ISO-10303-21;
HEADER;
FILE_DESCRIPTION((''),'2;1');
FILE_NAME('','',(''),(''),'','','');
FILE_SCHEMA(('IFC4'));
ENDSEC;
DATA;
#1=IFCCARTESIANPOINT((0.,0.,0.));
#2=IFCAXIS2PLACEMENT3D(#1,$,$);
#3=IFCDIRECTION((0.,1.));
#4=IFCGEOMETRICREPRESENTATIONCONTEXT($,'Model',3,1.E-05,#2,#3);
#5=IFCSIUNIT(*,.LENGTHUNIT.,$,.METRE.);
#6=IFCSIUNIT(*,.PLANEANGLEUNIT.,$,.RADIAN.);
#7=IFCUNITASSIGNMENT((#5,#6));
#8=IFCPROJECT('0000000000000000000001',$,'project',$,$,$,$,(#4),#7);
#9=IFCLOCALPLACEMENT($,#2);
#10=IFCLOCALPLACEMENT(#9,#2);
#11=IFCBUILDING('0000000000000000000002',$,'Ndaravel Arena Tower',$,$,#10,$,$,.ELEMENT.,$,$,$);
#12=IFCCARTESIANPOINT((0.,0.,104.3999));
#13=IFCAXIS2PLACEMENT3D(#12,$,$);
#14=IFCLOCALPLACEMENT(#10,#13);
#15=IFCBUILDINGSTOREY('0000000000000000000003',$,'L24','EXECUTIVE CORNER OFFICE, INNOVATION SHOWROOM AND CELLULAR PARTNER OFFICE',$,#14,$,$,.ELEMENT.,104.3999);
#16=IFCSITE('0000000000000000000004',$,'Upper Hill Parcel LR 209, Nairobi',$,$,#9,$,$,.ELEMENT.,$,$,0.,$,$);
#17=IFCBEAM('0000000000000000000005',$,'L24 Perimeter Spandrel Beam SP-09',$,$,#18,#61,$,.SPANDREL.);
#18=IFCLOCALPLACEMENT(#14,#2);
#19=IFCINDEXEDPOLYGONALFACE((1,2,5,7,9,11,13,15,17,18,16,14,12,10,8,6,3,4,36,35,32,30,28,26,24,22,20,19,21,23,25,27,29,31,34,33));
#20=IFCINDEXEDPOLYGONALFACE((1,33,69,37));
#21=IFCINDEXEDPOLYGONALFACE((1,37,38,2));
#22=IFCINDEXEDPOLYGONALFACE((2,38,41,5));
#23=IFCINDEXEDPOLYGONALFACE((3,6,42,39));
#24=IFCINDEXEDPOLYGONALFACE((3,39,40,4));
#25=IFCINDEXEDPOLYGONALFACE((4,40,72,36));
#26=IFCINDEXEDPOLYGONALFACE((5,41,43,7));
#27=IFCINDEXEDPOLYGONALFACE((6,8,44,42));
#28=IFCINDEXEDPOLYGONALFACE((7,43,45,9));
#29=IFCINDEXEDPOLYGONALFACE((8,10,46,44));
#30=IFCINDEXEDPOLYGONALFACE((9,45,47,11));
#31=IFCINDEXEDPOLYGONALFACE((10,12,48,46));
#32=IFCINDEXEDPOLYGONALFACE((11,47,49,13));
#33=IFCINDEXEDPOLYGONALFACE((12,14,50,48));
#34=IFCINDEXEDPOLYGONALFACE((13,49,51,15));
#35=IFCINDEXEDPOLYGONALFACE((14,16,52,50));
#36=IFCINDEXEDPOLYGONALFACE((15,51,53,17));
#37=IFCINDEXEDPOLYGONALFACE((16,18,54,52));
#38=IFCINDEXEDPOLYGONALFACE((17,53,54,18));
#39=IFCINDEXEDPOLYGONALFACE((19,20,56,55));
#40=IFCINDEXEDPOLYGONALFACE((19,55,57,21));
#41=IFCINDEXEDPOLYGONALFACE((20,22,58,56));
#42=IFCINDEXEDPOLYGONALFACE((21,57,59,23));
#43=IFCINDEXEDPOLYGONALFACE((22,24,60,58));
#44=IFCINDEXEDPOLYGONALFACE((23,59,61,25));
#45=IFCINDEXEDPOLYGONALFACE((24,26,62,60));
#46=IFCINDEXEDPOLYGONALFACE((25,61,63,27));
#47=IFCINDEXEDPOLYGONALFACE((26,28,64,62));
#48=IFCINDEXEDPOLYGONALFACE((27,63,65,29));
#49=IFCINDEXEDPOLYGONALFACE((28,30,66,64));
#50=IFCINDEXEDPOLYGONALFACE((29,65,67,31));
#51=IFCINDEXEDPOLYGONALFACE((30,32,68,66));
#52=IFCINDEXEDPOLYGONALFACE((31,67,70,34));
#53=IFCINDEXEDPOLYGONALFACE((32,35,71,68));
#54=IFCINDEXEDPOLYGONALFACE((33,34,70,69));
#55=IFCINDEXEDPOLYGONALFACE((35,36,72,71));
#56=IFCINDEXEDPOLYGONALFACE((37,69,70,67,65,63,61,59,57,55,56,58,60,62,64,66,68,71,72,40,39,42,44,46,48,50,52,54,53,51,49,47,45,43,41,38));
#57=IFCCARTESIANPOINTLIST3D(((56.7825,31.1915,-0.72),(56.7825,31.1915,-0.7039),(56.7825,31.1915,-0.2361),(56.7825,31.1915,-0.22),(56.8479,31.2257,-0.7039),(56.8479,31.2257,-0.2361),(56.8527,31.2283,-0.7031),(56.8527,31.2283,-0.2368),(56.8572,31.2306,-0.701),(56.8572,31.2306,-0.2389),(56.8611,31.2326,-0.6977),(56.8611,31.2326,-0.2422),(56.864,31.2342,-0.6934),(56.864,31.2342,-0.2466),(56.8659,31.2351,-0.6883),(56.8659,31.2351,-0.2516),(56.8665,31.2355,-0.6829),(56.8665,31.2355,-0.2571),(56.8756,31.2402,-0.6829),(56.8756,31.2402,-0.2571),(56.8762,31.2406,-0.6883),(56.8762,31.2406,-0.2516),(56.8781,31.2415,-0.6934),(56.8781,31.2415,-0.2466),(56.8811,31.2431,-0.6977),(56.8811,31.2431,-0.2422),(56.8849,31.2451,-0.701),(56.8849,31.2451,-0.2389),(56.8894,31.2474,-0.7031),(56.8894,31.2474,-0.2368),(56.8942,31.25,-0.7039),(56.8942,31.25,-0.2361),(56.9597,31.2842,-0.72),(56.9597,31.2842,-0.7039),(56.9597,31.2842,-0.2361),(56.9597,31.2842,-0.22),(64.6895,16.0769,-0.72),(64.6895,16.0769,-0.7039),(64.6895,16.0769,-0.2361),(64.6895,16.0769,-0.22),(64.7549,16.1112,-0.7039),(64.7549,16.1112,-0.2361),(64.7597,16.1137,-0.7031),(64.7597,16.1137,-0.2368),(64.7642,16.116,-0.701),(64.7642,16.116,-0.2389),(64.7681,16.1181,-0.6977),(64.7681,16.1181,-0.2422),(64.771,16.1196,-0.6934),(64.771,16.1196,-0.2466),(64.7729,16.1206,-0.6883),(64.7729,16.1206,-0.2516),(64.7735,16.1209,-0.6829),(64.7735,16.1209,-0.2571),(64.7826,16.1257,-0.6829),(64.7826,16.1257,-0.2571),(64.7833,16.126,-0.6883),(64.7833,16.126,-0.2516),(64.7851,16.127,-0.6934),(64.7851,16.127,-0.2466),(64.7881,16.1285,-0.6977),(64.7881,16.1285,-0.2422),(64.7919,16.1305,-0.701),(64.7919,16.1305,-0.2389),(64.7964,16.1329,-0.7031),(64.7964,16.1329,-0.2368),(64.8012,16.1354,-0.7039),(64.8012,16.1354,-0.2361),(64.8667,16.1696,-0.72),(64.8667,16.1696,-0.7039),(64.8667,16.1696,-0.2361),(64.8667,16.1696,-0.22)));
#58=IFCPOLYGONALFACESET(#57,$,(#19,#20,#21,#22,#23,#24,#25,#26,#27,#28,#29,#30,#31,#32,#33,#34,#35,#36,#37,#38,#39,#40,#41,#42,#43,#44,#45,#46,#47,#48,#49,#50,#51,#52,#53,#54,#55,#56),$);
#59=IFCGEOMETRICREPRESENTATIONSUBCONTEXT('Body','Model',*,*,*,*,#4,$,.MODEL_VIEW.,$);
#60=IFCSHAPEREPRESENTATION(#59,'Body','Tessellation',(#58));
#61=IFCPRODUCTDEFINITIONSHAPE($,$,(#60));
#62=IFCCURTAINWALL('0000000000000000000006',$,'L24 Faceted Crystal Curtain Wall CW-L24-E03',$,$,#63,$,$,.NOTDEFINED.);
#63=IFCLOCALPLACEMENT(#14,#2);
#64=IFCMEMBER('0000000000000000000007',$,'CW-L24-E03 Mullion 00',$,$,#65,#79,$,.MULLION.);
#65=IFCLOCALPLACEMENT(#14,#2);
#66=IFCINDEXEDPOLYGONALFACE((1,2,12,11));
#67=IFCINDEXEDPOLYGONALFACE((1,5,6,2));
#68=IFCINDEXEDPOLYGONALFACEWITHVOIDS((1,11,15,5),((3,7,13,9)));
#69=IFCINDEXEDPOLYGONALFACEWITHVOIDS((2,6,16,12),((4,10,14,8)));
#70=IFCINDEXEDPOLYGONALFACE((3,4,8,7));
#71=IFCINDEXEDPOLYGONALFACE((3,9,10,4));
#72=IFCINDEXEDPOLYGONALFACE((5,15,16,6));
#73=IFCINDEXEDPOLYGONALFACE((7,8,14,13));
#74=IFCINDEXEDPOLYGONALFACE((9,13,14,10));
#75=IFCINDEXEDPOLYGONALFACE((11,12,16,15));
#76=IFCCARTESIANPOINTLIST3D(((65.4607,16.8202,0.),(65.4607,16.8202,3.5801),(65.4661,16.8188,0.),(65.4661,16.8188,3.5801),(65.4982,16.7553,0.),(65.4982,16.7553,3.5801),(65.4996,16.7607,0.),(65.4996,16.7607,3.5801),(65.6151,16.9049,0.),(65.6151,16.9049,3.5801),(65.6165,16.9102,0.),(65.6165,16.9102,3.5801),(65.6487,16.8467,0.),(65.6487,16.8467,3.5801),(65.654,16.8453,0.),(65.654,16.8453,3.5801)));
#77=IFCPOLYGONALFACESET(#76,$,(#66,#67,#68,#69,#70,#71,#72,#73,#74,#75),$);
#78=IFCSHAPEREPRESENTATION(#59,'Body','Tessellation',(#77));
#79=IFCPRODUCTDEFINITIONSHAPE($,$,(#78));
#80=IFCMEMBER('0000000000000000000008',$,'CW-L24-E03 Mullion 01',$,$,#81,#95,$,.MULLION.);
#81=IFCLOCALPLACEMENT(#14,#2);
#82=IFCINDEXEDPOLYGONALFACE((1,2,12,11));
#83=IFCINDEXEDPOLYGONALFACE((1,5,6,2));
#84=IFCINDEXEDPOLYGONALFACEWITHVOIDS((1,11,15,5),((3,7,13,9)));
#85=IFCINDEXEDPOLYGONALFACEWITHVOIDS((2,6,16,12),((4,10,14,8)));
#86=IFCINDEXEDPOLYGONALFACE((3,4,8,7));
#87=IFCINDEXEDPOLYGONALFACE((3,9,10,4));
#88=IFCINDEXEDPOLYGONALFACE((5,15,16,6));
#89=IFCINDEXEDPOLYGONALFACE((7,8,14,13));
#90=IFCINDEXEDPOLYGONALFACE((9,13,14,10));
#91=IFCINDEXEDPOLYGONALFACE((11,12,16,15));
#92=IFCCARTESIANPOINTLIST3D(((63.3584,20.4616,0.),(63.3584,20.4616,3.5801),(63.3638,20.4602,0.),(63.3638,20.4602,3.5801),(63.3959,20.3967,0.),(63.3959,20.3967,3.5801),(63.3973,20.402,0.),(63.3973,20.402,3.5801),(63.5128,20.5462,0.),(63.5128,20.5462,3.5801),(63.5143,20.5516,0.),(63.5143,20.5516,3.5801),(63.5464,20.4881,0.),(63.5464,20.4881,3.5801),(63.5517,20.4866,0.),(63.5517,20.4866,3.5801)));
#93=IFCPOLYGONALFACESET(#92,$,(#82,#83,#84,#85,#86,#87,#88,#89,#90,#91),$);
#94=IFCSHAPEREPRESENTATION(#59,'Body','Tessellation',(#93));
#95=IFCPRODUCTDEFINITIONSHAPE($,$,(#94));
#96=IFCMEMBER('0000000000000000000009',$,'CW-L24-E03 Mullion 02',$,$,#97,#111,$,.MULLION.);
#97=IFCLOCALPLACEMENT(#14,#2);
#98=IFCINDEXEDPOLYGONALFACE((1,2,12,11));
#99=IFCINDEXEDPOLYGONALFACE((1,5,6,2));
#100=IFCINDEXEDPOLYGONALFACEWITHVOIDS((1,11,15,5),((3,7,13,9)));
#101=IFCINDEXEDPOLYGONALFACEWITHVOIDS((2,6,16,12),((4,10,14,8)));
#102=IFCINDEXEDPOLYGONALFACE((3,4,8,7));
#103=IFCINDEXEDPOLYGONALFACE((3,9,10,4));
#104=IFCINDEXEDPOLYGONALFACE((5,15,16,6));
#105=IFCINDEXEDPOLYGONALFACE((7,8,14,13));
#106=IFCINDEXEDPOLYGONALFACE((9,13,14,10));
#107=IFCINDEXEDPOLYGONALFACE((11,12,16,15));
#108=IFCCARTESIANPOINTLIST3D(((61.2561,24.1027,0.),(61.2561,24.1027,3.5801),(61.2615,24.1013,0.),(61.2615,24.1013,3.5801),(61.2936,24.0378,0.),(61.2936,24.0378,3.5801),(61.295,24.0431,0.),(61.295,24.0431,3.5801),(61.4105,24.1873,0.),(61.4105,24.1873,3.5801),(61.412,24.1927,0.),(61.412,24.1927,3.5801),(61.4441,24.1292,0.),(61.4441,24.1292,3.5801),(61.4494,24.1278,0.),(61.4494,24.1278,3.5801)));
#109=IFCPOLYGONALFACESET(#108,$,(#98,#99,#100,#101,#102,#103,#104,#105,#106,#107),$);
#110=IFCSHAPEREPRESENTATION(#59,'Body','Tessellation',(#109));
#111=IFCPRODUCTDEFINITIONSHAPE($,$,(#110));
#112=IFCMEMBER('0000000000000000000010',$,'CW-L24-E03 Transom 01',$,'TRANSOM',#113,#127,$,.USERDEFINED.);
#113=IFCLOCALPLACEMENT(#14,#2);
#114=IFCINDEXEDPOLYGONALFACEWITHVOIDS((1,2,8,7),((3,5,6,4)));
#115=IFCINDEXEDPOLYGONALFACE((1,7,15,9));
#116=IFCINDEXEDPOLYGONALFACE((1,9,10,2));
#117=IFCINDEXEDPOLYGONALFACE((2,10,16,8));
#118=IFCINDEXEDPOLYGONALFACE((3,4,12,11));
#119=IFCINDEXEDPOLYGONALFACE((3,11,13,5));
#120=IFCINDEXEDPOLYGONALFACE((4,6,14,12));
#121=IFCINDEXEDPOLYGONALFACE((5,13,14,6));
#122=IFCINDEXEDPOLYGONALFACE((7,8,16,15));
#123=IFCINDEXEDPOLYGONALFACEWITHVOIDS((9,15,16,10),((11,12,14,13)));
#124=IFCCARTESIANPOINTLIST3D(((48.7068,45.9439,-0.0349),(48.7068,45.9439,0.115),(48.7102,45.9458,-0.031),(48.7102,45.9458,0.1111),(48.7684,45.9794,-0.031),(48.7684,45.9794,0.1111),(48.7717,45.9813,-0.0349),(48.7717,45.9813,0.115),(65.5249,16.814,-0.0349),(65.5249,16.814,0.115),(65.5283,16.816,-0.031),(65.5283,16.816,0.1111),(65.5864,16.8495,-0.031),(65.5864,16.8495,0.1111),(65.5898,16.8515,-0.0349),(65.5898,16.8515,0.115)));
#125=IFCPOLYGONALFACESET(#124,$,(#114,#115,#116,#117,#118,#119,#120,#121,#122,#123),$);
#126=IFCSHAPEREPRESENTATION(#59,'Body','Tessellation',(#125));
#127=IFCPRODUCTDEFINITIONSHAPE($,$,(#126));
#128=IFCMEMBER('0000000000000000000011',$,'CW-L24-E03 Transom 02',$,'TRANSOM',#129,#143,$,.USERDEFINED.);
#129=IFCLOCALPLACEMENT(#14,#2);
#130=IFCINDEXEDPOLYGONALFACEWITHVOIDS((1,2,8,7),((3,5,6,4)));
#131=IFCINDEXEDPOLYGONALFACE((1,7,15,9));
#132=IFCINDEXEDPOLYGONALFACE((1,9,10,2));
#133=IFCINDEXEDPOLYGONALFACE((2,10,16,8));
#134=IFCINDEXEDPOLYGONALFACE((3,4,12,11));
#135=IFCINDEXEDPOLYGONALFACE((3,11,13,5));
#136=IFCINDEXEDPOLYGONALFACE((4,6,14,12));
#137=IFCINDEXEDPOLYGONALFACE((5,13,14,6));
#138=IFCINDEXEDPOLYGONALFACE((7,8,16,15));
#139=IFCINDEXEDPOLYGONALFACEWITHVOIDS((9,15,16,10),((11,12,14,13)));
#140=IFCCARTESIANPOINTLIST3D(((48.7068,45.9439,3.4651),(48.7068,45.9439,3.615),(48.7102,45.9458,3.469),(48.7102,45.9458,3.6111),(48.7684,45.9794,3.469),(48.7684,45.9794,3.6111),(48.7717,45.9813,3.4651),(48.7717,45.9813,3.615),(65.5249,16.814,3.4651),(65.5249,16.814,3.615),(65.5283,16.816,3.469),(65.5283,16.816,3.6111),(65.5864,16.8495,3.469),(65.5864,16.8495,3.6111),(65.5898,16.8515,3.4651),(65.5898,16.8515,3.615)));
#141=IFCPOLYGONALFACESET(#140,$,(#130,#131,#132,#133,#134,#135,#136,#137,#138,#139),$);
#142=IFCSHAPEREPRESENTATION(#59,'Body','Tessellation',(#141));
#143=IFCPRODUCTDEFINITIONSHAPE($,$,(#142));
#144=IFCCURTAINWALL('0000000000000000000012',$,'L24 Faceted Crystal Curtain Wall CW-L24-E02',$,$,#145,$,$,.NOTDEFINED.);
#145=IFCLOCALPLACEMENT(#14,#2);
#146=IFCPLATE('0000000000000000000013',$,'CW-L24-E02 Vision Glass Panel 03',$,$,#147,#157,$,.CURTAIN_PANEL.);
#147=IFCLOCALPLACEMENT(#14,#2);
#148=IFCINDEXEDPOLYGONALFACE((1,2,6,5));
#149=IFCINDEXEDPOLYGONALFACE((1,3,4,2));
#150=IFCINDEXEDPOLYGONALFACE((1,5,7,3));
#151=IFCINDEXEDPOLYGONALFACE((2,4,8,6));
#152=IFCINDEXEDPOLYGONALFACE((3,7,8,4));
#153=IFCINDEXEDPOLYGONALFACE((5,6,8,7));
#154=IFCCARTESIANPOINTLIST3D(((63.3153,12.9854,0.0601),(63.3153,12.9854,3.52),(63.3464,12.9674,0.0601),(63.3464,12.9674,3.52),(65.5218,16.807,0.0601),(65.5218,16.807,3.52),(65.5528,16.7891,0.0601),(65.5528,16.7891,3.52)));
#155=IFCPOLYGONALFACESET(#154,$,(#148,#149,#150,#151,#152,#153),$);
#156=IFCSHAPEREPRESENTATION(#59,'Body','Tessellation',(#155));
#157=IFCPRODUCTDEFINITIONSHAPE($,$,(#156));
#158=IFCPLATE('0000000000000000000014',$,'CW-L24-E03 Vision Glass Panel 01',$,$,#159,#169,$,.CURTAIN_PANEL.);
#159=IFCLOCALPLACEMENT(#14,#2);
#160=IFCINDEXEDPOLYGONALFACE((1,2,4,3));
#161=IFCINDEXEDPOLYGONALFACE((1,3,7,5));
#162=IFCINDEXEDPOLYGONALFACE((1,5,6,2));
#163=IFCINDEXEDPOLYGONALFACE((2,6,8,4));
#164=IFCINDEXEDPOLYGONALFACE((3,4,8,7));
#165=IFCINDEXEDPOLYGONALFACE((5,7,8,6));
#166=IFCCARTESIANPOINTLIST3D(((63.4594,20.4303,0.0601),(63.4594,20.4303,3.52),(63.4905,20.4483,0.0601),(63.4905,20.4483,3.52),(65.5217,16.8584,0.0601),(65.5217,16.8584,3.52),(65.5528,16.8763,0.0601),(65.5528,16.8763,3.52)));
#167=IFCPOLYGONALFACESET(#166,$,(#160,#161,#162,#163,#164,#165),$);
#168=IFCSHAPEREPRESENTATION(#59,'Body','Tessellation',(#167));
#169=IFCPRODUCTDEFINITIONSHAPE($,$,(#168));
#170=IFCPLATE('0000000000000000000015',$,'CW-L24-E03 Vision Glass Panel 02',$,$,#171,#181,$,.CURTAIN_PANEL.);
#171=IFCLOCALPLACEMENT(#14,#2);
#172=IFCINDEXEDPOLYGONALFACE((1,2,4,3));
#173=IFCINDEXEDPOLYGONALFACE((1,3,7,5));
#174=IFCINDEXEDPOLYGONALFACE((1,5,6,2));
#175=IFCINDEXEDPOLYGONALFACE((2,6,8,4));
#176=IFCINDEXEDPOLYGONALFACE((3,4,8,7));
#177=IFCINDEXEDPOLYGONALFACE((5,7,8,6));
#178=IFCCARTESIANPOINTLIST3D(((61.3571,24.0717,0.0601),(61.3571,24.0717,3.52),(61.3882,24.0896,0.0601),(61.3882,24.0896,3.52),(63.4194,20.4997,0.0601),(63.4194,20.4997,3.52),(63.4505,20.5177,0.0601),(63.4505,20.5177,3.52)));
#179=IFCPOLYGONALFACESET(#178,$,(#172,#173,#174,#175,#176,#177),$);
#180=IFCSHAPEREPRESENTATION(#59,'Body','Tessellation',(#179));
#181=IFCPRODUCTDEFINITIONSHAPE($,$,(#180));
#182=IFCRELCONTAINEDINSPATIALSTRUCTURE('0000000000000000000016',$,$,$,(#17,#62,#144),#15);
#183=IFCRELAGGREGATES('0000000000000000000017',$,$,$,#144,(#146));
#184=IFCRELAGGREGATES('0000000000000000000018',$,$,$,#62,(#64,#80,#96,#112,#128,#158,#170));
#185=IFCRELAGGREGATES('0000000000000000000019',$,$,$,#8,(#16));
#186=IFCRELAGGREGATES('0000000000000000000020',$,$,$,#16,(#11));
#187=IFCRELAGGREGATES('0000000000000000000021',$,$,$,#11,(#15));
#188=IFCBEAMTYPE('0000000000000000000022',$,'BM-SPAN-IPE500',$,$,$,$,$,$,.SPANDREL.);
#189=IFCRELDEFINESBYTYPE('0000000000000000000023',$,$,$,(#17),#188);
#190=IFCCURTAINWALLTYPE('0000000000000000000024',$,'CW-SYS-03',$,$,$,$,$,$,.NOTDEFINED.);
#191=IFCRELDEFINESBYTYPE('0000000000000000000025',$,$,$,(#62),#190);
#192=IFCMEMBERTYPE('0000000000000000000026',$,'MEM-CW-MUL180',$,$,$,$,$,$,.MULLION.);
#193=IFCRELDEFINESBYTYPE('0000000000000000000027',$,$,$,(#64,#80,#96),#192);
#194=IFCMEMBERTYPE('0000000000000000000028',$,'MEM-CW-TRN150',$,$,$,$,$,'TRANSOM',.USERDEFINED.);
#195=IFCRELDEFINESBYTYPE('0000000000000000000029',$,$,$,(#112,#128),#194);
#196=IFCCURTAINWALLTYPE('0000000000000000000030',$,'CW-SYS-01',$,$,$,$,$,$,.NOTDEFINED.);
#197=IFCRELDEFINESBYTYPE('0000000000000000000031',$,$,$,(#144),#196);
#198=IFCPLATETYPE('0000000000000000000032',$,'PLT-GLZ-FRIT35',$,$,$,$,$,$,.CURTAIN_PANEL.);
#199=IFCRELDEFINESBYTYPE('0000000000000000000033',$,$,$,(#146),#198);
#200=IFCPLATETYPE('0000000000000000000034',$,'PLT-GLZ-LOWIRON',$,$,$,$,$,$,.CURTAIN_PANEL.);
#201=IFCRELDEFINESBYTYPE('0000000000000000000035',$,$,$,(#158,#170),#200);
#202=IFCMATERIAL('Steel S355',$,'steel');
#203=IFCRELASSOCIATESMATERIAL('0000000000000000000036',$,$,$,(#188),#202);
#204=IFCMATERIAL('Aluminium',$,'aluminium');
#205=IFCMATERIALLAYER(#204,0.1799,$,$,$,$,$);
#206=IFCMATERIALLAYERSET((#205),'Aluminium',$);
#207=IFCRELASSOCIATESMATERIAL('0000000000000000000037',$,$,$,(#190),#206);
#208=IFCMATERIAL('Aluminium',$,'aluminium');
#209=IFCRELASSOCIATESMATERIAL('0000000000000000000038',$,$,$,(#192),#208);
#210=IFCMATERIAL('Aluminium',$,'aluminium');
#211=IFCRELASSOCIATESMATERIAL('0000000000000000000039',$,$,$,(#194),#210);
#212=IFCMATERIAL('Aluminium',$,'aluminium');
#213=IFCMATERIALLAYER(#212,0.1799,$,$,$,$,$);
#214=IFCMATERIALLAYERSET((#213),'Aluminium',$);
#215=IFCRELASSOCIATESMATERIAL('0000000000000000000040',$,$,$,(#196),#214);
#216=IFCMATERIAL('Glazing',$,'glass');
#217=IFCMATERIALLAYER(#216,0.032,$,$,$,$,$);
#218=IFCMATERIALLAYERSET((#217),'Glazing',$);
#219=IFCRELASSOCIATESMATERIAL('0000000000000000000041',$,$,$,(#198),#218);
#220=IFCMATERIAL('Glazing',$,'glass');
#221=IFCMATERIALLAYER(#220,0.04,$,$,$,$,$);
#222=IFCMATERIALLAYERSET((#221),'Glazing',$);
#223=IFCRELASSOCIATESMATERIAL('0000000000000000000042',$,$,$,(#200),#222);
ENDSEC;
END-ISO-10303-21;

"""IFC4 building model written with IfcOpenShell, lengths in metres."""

from ifc_helpers import new_model, si_unit, direction, frame, origin, origin_2d, place, context, subcontext, project, spatial, rectangle, hollow_rectangle, i_section, extrude, material, layer, layer_set, material_profile, profile_set, type_object, element, aggregate, save


model = new_model("IFC4")

# Units and contexts
model_context = context("Model", 3, precision=1e-05, world=origin(), true_north=direction((0.0, 1.0)))
body_context = subcontext(model_context, "Body", "Model", "MODEL_VIEW")
ifc_project = project(units=[si_unit("LENGTHUNIT", "METRE"), si_unit("PLANEANGLEUNIT", "RADIAN")], contexts=[model_context])

# Site, building, storey
site_placement = place(None, origin())
site = spatial("IfcSite", under=ifc_project, at=site_placement, Name="Upper Hill Parcel LR 209, Nairobi", CompositionType="ELEMENT", RefElevation=0.0)
building_placement = place(site_placement, origin())
building = spatial("IfcBuilding", under=site, at=building_placement, Name="Ndaravel Arena Tower", CompositionType="ELEMENT")
storey_placement = place(building_placement, frame((0.0, 0.0, 104.3999)))
storey = spatial("IfcBuildingStorey", under=building, at=storey_placement, Name="L24", Description="EXECUTIVE CORNER OFFICE, INNOVATION SHOWROOM AND CELLULAR PARTNER OFFICE", CompositionType="ELEMENT", Elevation=104.3999)

# Beam
ifc_material_1 = material(Name="Steel S355", Category="steel")
ifc_material_profile_1 = material_profile(ifc_material_1, i_section(OverallWidth=0.2, OverallDepth=0.5, WebThickness=0.0103, FlangeThickness=0.0161, FilletRadius=0.021, at=origin_2d()), Name="IPE 500")
ifc_profile_set_1 = profile_set([ifc_material_profile_1], Name="Steel S355")
beam_type_1 = type_object("IfcBeamType", Name="BM-SPAN-IPE500", PredefinedType="SPANDREL", material=ifc_profile_set_1)
beam_1_placement = place(storey_placement, frame((64.7781, 16.1233, -0.47), z_axis=(-0.463541, 0.886076, 0.0), x_axis=(-0.886076, -0.463541, 0.0)))
element("IfcBeam", 1, at=beam_1_placement, inside=storey, type_object=beam_type_1, Name="L24 Perimeter Spandrel Beam SP-09", PredefinedType="SPANDREL", context=body_context, shape_type="SweptSolid", body=[
    extrude(i_section(OverallWidth=0.2, OverallDepth=0.5, WebThickness=0.0103, FlangeThickness=0.0161, FilletRadius=0.021, at=origin_2d()), origin(), (0.0, 0.0, 1.0), 17.0579),
])

# Curtain wall, members
ifc_material_2 = material(Name="Aluminium", Category="aluminium")
ifc_layer_1 = layer(ifc_material_2, 0.1799)
ifc_layer_set_1 = layer_set([ifc_layer_1], Name="Aluminium")
curtain_wall_type_1 = type_object("IfcCurtainWallType", Name="CW-SYS-03", PredefinedType="NOTDEFINED", material=ifc_layer_set_1)
curtain_wall_1_placement = place(storey_placement, origin())
curtain_wall_1 = element("IfcCurtainWall", 2, at=curtain_wall_1_placement, inside=storey, type_object=curtain_wall_type_1, Name="L24 Faceted Crystal Curtain Wall CW-L24-E03", PredefinedType="NOTDEFINED")
ifc_material_3 = material(Name="Aluminium", Category="aluminium")
ifc_material_profile_2 = material_profile(ifc_material_3, hollow_rectangle(XDim=0.075, YDim=0.1799, WallThickness=0.0039, at=origin_2d()), Name="CW MULLION 75x180x4")
ifc_profile_set_2 = profile_set([ifc_material_profile_2], Name="Aluminium")
member_type_1 = type_object("IfcMemberType", Name="MEM-CW-MUL180", PredefinedType="MULLION", material=ifc_profile_set_2)
member_1_placement = place(storey_placement, frame((65.5574, 16.8328, 0.0), z_axis=(0.0, 0.0, 1.0), x_axis=(-0.5, 0.866025, 0.0)))
member_1 = element("IfcMember", 3, at=member_1_placement, type_object=member_type_1, Name="CW-L24-E03 Mullion 00", PredefinedType="MULLION", context=body_context, shape_type="SweptSolid", body=[
    extrude(hollow_rectangle(XDim=0.075, YDim=0.1799, WallThickness=0.0039, at=origin_2d()), origin(), (0.0, 0.0, 1.0), 3.5801),
])
member_2_placement = place(storey_placement, frame((63.4551, 20.4741, 0.0), z_axis=(0.0, 0.0, 1.0), x_axis=(-0.5, 0.866025, 0.0)))
member_2 = element("IfcMember", 4, at=member_2_placement, type_object=member_type_1, Name="CW-L24-E03 Mullion 01", PredefinedType="MULLION", context=body_context, shape_type="SweptSolid", body=[
    extrude(hollow_rectangle(XDim=0.075, YDim=0.1799, WallThickness=0.0039, at=origin_2d()), origin(), (0.0, 0.0, 1.0), 3.5801),
])
member_3_placement = place(storey_placement, frame((61.3528, 24.1152, 0.0), z_axis=(0.0, 0.0, 1.0), x_axis=(-0.5, 0.866025, 0.0)))
member_3 = element("IfcMember", 5, at=member_3_placement, type_object=member_type_1, Name="CW-L24-E03 Mullion 02", PredefinedType="MULLION", context=body_context, shape_type="SweptSolid", body=[
    extrude(hollow_rectangle(XDim=0.075, YDim=0.1799, WallThickness=0.0039, at=origin_2d()), origin(), (0.0, 0.0, 1.0), 3.5801),
])
ifc_material_4 = material(Name="Aluminium", Category="aluminium")
ifc_material_profile_3 = material_profile(ifc_material_4, hollow_rectangle(XDim=0.075, YDim=0.1499, WallThickness=0.0039, at=origin_2d()), Name="CW TRANSOM 75x150x4")
ifc_profile_set_3 = profile_set([ifc_material_profile_3], Name="Aluminium")
member_type_2 = type_object("IfcMemberType", Name="MEM-CW-TRN150", ElementType="TRANSOM", PredefinedType="USERDEFINED", material=ifc_profile_set_3)
member_4_placement = place(storey_placement, frame((65.5574, 16.8328, 0.04), z_axis=(-0.499999, 0.866026, 0.0), x_axis=(-0.866026, -0.499999, 0.0)))
member_4 = element("IfcMember", 6, at=member_4_placement, type_object=member_type_2, Name="CW-L24-E03 Transom 01", ObjectType="TRANSOM", PredefinedType="USERDEFINED", context=body_context, shape_type="SweptSolid", body=[
    extrude(hollow_rectangle(XDim=0.075, YDim=0.1499, WallThickness=0.0039, at=origin_2d()), origin(), (0.0, 0.0, 1.0), 33.6362),
])
member_5_placement = place(storey_placement, frame((65.5574, 16.8328, 3.54), z_axis=(-0.499999, 0.866026, 0.0), x_axis=(-0.866026, -0.499999, 0.0)))
member_5 = element("IfcMember", 7, at=member_5_placement, type_object=member_type_2, Name="CW-L24-E03 Transom 02", ObjectType="TRANSOM", PredefinedType="USERDEFINED", context=body_context, shape_type="SweptSolid", body=[
    extrude(hollow_rectangle(XDim=0.075, YDim=0.1499, WallThickness=0.0039, at=origin_2d()), origin(), (0.0, 0.0, 1.0), 33.6362),
])

# Curtain wall, plate
ifc_material_5 = material(Name="Aluminium", Category="aluminium")
ifc_layer_2 = layer(ifc_material_5, 0.1799)
ifc_layer_set_2 = layer_set([ifc_layer_2], Name="Aluminium")
curtain_wall_type_2 = type_object("IfcCurtainWallType", Name="CW-SYS-01", PredefinedType="NOTDEFINED", material=ifc_layer_set_2)
curtain_wall_2_placement = place(storey_placement, origin())
curtain_wall_2 = element("IfcCurtainWall", 8, at=curtain_wall_2_placement, inside=storey, type_object=curtain_wall_type_2, Name="L24 Faceted Crystal Curtain Wall CW-L24-E02", PredefinedType="NOTDEFINED")
ifc_material_6 = material(Name="Glazing", Category="glass")
ifc_layer_3 = layer(ifc_material_6, 0.032)
ifc_layer_set_3 = layer_set([ifc_layer_3], Name="Glazing")
plate_type_1 = type_object("IfcPlateType", Name="PLT-GLZ-FRIT35", PredefinedType="CURTAIN_PANEL", material=ifc_layer_set_3)
plate_1_placement = place(storey_placement, frame((64.4341, 14.8872, 0.0601), z_axis=(0.0, 0.0, 1.0), x_axis=(0.5, 0.866025, 0.0)))
plate_1 = element("IfcPlate", 9, at=plate_1_placement, type_object=plate_type_1, Name="CW-L24-E02 Vision Glass Panel 03", PredefinedType="CURTAIN_PANEL", context=body_context, shape_type="SweptSolid", body=[
    extrude(rectangle(XDim=4.4128, YDim=0.0359, at=origin_2d()), origin(), (0.0, 0.0, 1.0), 3.46),
])
aggregate(curtain_wall_2, [plate_1])

# Plates
ifc_material_7 = material(Name="Glazing", Category="glass")
ifc_layer_4 = layer(ifc_material_7, 0.04)
ifc_layer_set_4 = layer_set([ifc_layer_4], Name="Glazing")
plate_type_2 = type_object("IfcPlateType", Name="PLT-GLZ-LOWIRON", PredefinedType="CURTAIN_PANEL", material=ifc_layer_set_4)
plate_2_placement = place(storey_placement, frame((64.5061, 18.6533, 0.0601), z_axis=(0.0, 0.0, 1.0), x_axis=(-0.5, 0.866025, 0.0)))
plate_2 = element("IfcPlate", 10, at=plate_2_placement, type_object=plate_type_2, Name="CW-L24-E03 Vision Glass Panel 01", PredefinedType="CURTAIN_PANEL", context=body_context, shape_type="SweptSolid", body=[
    extrude(rectangle(XDim=4.1245, YDim=0.0359, at=origin_2d()), origin(), (0.0, 0.0, 1.0), 3.46),
])
plate_3_placement = place(storey_placement, frame((62.4038, 22.2947, 0.0601), z_axis=(0.0, 0.0, 1.0), x_axis=(-0.5, 0.866025, 0.0)))
plate_3 = element("IfcPlate", 11, at=plate_3_placement, type_object=plate_type_2, Name="CW-L24-E03 Vision Glass Panel 02", PredefinedType="CURTAIN_PANEL", context=body_context, shape_type="SweptSolid", body=[
    extrude(rectangle(XDim=4.1245, YDim=0.0359, at=origin_2d()), origin(), (0.0, 0.0, 1.0), 3.46),
])
aggregate(curtain_wall_1, [member_1, member_2, member_3, member_4, member_5, plate_2, plate_3])

save(model, "model.ifc")
